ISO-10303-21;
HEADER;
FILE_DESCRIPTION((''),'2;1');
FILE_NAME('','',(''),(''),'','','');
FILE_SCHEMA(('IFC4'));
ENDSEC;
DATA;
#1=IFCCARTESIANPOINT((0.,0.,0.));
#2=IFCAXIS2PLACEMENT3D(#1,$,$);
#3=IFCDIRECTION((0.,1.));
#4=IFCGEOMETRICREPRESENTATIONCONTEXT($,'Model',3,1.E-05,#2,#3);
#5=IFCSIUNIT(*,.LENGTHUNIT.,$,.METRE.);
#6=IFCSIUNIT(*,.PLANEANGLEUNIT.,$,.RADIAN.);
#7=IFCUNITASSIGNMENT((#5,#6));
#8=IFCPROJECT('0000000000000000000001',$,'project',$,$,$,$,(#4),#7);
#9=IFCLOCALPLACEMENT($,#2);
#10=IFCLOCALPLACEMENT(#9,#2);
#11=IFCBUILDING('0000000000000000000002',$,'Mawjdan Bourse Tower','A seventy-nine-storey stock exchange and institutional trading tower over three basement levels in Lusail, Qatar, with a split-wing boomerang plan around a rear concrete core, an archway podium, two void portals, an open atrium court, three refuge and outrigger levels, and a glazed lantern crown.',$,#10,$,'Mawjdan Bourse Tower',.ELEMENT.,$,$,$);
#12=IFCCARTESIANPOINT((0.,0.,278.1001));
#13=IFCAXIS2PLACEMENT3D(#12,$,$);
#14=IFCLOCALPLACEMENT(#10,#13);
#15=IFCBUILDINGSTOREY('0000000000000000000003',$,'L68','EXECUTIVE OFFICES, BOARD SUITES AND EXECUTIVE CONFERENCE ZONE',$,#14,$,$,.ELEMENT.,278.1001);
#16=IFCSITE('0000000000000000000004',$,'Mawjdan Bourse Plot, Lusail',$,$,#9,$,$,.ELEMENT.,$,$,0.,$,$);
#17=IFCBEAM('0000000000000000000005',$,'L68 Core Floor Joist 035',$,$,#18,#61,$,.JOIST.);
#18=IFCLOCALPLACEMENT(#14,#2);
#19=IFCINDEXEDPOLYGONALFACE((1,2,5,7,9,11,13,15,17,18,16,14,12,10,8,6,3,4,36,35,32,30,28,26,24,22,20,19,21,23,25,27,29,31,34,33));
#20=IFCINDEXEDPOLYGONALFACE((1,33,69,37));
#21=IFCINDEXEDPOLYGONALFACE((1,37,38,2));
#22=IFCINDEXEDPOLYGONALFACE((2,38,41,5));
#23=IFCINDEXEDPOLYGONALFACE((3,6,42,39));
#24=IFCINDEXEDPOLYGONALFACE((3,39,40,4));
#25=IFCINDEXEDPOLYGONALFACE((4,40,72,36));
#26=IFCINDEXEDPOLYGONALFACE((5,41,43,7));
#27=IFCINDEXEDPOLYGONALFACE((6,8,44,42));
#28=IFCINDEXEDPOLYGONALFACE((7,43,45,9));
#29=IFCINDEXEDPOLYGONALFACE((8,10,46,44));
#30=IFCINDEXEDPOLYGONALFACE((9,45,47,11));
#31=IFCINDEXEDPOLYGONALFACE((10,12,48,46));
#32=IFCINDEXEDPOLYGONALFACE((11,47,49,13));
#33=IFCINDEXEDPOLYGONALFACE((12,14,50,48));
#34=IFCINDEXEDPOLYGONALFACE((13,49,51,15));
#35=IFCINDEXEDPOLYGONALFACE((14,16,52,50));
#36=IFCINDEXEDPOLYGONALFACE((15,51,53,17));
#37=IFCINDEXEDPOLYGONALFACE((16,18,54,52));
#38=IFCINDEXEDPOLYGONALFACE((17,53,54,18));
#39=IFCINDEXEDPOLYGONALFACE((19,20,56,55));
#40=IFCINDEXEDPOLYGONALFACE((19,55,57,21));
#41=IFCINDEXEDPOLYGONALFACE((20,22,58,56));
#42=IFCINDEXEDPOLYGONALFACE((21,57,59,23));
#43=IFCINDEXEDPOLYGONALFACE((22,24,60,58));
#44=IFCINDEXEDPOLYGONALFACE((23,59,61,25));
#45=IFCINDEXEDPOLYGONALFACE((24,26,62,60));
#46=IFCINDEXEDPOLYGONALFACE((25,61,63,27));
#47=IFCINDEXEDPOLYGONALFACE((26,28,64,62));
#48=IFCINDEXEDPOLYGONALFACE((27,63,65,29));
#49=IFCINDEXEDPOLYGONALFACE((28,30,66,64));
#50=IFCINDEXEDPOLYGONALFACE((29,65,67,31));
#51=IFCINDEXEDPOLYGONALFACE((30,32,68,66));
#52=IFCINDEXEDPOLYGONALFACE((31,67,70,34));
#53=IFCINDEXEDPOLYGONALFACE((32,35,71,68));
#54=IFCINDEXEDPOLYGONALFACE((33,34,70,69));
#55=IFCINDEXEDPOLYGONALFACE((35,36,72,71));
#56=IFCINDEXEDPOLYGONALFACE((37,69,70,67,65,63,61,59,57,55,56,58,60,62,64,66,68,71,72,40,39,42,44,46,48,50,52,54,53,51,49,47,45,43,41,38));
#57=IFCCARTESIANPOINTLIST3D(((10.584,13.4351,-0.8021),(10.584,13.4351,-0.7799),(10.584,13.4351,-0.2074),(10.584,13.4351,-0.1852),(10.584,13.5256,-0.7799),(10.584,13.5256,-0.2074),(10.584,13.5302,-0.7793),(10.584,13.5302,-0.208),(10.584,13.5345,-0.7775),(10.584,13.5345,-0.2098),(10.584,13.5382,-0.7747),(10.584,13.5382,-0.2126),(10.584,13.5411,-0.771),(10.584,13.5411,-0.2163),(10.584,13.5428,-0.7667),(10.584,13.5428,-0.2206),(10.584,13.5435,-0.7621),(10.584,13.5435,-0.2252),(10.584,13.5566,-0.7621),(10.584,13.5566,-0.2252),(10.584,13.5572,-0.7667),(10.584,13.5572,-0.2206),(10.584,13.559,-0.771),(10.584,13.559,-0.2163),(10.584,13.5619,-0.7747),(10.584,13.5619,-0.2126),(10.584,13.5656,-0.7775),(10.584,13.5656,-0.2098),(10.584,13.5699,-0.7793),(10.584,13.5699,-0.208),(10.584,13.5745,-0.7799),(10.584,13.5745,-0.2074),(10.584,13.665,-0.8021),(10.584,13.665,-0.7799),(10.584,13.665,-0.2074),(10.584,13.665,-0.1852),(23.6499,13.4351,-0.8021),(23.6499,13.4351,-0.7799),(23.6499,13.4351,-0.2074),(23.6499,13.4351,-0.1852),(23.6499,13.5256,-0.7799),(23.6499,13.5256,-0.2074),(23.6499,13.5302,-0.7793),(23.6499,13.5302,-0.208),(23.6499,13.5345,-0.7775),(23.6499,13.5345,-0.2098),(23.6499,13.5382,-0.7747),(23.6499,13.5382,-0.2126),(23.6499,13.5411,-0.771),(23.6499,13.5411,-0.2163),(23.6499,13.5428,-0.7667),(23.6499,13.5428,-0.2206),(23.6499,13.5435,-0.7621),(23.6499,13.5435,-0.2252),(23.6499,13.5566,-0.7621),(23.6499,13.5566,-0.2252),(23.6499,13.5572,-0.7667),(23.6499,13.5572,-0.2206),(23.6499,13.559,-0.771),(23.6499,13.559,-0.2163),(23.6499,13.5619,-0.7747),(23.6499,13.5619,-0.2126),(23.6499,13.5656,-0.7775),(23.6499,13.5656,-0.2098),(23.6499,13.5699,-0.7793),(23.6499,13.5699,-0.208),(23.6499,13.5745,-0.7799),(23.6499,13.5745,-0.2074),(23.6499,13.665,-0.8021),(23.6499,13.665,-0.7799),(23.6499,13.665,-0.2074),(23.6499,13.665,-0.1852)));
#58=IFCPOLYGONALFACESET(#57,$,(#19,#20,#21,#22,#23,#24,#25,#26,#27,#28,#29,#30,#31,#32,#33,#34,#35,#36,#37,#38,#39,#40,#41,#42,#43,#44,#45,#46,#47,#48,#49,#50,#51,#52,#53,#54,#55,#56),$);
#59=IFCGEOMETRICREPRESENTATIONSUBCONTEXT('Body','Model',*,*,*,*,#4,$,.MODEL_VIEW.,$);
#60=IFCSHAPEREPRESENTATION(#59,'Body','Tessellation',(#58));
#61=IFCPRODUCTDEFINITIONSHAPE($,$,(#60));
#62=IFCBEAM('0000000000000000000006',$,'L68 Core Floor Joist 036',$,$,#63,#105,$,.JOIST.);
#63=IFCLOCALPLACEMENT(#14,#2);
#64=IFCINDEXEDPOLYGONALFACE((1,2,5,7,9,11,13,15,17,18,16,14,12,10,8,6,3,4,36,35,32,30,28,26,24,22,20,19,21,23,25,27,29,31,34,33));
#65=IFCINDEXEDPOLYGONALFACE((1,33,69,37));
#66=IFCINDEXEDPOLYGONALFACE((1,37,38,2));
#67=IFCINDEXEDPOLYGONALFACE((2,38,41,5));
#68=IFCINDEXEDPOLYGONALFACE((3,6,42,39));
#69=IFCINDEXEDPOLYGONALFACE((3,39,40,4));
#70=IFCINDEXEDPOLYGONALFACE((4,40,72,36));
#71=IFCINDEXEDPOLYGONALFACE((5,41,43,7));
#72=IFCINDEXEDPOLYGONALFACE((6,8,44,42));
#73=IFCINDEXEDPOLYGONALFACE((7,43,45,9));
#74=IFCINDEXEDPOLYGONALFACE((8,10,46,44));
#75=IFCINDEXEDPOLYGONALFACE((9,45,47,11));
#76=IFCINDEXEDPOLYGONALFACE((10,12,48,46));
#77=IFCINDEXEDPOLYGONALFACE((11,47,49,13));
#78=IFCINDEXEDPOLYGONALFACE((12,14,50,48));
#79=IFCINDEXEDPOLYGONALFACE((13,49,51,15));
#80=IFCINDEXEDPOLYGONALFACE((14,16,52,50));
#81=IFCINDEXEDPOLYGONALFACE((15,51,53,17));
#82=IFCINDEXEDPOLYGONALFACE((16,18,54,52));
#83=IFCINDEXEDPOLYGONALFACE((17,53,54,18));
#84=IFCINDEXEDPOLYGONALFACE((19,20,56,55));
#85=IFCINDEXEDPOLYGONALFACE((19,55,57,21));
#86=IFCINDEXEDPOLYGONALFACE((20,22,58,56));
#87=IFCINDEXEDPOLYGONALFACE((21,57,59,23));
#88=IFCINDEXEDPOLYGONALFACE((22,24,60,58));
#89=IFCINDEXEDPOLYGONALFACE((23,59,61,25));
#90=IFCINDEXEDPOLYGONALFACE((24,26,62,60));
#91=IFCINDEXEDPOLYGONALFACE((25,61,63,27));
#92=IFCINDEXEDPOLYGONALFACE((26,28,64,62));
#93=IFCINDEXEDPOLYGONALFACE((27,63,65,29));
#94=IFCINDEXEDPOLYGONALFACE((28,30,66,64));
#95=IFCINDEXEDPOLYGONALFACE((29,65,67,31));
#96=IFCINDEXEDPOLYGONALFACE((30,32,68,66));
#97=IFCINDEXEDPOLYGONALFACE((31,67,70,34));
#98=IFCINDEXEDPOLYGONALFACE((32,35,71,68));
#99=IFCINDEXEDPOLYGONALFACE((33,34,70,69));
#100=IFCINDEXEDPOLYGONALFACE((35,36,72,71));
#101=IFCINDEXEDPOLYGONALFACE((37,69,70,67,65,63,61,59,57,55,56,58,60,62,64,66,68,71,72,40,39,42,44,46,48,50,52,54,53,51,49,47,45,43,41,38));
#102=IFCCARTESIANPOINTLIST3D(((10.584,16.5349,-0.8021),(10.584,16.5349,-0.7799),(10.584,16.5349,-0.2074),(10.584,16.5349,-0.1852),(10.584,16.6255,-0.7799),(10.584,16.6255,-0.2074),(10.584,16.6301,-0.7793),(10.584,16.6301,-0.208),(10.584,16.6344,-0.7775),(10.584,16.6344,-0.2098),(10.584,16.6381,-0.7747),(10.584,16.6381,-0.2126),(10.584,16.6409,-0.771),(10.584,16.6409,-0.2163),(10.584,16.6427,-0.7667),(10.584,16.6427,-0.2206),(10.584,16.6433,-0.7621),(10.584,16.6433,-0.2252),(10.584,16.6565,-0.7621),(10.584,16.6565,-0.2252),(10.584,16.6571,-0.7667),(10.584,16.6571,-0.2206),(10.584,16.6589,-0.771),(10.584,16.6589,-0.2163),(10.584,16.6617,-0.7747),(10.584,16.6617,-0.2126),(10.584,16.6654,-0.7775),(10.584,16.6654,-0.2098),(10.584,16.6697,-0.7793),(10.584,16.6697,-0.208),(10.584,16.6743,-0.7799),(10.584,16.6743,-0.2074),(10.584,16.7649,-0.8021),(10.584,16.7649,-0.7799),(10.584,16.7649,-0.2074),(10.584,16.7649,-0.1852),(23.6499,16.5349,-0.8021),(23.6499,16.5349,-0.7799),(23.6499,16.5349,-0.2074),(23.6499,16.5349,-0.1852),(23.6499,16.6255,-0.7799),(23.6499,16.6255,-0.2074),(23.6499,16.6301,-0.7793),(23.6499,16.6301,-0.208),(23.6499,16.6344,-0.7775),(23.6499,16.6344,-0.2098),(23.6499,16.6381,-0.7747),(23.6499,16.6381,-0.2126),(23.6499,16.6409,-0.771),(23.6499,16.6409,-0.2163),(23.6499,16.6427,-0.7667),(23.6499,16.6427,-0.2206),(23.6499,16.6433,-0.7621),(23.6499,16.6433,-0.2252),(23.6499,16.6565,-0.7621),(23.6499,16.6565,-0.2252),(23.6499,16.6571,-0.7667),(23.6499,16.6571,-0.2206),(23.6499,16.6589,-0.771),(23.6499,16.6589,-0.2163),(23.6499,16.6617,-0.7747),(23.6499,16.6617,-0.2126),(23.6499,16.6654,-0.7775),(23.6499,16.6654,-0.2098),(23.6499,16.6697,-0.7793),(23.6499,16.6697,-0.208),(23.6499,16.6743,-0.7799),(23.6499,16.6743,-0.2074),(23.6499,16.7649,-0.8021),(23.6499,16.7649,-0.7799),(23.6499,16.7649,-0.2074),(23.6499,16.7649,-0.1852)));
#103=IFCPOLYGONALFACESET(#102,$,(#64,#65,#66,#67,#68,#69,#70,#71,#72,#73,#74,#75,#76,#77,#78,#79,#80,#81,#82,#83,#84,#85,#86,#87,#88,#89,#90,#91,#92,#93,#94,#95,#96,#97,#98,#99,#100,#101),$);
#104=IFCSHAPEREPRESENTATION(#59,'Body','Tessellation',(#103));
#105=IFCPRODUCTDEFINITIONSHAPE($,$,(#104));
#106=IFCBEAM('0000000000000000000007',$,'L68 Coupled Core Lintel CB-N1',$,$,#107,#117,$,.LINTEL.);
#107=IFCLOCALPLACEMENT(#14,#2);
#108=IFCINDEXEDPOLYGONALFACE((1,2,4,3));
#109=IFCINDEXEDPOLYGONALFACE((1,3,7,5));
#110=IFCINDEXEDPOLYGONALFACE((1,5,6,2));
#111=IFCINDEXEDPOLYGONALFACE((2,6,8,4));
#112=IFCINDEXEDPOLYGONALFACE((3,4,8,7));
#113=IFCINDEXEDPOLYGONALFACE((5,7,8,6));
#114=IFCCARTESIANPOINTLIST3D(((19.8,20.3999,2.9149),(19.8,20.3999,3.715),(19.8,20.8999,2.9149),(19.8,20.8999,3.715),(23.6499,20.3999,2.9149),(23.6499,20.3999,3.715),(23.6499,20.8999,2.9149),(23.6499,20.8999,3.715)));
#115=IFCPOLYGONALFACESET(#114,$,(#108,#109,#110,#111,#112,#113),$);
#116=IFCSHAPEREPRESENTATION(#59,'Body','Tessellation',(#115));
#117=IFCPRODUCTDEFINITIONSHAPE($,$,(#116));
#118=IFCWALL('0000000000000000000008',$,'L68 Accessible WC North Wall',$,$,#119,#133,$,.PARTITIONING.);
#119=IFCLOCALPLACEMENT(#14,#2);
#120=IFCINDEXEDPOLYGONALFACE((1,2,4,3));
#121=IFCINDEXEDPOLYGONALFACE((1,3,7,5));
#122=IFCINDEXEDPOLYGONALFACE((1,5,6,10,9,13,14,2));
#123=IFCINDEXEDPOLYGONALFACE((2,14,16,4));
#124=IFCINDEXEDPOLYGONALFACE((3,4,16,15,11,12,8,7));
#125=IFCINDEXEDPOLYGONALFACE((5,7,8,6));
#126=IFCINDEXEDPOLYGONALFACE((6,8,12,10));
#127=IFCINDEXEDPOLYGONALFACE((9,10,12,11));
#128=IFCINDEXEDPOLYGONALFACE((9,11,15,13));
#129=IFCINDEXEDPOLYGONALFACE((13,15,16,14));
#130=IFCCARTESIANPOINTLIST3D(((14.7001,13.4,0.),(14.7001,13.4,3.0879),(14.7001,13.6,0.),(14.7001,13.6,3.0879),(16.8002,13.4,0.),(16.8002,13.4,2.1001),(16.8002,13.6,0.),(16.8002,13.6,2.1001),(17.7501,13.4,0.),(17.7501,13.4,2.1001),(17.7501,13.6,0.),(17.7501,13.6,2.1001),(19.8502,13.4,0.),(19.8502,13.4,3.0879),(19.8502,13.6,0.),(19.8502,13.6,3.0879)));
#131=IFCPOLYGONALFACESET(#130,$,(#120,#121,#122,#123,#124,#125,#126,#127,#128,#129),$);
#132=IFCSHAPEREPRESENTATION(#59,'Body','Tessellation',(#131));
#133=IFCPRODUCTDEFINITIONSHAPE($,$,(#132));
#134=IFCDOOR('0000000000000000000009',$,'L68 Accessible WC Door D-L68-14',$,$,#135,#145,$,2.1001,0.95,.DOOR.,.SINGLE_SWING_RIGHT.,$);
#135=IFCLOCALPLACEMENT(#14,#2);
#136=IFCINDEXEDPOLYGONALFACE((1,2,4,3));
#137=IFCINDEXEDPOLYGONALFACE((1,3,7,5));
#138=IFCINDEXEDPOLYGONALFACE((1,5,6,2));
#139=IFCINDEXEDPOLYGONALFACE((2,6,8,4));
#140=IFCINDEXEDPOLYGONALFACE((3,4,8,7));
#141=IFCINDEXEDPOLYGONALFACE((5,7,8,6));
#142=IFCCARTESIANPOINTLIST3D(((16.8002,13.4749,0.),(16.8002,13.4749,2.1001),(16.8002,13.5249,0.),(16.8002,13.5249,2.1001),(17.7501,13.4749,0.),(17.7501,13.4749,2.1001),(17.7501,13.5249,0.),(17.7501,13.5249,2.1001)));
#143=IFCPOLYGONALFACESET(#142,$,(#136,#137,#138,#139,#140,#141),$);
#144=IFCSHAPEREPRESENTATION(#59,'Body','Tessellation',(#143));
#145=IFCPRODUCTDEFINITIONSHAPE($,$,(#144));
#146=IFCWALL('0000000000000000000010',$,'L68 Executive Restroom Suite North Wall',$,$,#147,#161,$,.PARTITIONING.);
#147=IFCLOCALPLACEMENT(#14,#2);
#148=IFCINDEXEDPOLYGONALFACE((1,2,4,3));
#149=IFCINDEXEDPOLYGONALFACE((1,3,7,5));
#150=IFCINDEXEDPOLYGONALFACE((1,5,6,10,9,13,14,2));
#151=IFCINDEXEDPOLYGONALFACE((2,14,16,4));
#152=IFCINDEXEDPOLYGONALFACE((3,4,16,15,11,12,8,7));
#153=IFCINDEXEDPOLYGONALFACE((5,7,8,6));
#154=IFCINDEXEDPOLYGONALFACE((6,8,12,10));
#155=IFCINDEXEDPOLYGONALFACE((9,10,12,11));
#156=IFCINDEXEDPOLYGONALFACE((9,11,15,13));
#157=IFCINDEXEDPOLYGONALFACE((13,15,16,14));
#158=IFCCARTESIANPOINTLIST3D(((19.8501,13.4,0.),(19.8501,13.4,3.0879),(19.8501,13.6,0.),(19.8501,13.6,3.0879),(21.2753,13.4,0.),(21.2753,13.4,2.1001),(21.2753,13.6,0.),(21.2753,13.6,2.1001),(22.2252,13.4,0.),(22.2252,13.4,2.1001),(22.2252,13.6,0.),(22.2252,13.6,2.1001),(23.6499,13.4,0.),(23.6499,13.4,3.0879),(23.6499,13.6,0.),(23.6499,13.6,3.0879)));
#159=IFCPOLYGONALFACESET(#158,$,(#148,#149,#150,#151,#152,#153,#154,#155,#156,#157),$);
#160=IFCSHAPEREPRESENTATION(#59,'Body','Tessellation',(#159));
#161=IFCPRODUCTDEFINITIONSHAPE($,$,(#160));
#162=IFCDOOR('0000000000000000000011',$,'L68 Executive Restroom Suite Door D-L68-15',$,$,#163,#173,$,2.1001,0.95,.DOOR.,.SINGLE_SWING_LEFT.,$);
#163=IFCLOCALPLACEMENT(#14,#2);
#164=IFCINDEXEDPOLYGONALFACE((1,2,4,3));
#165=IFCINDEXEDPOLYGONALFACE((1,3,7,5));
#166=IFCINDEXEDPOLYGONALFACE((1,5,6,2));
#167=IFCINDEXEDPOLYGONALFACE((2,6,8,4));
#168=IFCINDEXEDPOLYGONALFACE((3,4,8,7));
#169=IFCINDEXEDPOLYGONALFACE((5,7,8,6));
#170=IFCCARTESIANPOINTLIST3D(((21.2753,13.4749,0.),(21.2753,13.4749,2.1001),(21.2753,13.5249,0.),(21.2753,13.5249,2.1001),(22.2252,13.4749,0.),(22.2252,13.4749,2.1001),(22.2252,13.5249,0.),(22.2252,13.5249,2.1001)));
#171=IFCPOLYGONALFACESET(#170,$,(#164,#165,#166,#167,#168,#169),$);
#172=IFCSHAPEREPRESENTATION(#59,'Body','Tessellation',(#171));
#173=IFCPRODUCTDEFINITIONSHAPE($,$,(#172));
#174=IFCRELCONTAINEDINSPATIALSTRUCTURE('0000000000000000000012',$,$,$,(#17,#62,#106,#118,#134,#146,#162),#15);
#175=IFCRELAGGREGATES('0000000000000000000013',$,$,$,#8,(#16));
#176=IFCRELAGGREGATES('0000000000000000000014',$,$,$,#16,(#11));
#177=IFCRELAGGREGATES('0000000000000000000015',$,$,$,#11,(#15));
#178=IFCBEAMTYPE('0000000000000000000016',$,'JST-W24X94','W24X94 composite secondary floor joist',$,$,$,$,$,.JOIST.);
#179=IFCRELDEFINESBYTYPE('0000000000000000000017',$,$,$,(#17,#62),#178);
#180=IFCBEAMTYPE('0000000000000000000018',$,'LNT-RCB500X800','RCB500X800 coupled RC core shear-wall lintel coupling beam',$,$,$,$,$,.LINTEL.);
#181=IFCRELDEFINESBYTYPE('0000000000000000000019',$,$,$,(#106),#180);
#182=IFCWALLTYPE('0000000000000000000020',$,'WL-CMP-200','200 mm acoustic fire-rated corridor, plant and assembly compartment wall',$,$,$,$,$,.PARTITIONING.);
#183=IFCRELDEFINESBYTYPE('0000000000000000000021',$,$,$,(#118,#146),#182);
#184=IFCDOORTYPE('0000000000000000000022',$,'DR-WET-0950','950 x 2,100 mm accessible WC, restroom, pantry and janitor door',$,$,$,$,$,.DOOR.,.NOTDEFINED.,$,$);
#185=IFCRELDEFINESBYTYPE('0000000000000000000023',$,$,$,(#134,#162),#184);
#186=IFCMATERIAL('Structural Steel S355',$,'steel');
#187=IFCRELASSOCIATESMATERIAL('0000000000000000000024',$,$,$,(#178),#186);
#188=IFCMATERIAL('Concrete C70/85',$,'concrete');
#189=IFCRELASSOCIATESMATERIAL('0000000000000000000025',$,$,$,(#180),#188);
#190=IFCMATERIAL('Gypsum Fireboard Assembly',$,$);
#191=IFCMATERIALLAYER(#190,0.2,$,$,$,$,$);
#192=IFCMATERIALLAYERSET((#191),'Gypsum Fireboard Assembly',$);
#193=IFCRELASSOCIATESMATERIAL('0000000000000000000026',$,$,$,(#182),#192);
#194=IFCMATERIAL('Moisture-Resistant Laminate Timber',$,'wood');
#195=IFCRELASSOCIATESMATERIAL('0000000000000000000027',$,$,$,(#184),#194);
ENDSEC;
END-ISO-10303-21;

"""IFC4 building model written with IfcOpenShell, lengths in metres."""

from ifc_helpers import new_model, si_unit, direction, frame, frame_2d, origin, origin_2d, place, context, subcontext, project, spatial, rectangle, i_section, extrude, material, layer, layer_set, material_profile, profile_set, type_object, element, fill, save


model = new_model("IFC4")

# Units and contexts
model_context = context("Model", 3, precision=1e-05, world=origin(), true_north=direction((0.0, 1.0)))
body_context = subcontext(model_context, "Body", "Model", "MODEL_VIEW")
ifc_project = project(units=[si_unit("LENGTHUNIT", "METRE"), si_unit("PLANEANGLEUNIT", "RADIAN")], contexts=[model_context])

# Site, building, storey
site_placement = place(None, origin())
site = spatial("IfcSite", under=ifc_project, at=site_placement, Name="Mawjdan Bourse Plot, Lusail", CompositionType="ELEMENT", RefElevation=0.0)
building_placement = place(site_placement, origin())
building = spatial("IfcBuilding", under=site, at=building_placement, Name="Mawjdan Bourse Tower", Description="A seventy-nine-storey stock exchange and institutional trading tower over three basement levels in Lusail, Qatar, with a split-wing boomerang plan around a rear concrete core, an archway podium, two void portals, an open atrium court, three refuge and outrigger levels, and a glazed lantern crown.", LongName="Mawjdan Bourse Tower", CompositionType="ELEMENT")
storey_placement = place(building_placement, frame((0.0, 0.0, 278.1001)))
storey = spatial("IfcBuildingStorey", under=building, at=storey_placement, Name="L68", Description="EXECUTIVE OFFICES, BOARD SUITES AND EXECUTIVE CONFERENCE ZONE", CompositionType="ELEMENT", Elevation=278.1001)

# Beams
ifc_material_1 = material(Name="Structural Steel S355", Category="steel")
ifc_material_profile_1 = material_profile(ifc_material_1, i_section(OverallWidth=0.23, OverallDepth=0.6169, WebThickness=0.0132, FlangeThickness=0.0222, FilletRadius=0.0178, at=origin_2d()), Name="W24X94")
ifc_profile_set_1 = profile_set([ifc_material_profile_1], Name="Structural Steel S355")
beam_type_1 = type_object("IfcBeamType", Name="JST-W24X94", Description="W24X94 composite secondary floor joist", PredefinedType="JOIST", material=ifc_profile_set_1)
for number, where, z_axis, x_axis, name in (
    (1, (10.584, 13.55, -0.4937), (1.0, 0.0, 0.0), (0.0, 1.0, 0.0), "L68 Core Floor Joist 035"),
    (2, (10.584, 16.6499, -0.4937), (1.0, 0.0, 0.0), (0.0, 1.0, 0.0), "L68 Core Floor Joist 036"),
):
    element("IfcBeam", number, at=place(storey_placement, frame(where, z_axis=z_axis, x_axis=x_axis)), inside=storey, type_object=beam_type_1, Name=name, PredefinedType="JOIST", context=body_context, shape_type="SweptSolid", body=[
        extrude(i_section(OverallWidth=0.23, OverallDepth=0.6169, WebThickness=0.0132, FlangeThickness=0.0222, FilletRadius=0.0178, at=origin_2d()), origin(), (0.0, 0.0, 1.0), 13.0659),
    ])
ifc_material_2 = material(Name="Concrete C70/85", Category="concrete")
ifc_material_profile_2 = material_profile(ifc_material_2, rectangle(XDim=0.5, YDim=0.8, at=origin_2d()), Name="RCB500X800")
ifc_profile_set_2 = profile_set([ifc_material_profile_2], Name="Concrete C70/85")
beam_type_2 = type_object("IfcBeamType", Name="LNT-RCB500X800", Description="RCB500X800 coupled RC core shear-wall lintel coupling beam", PredefinedType="LINTEL", material=ifc_profile_set_2)
beam_placement = place(storey_placement, frame((19.8, 20.6499, 3.3149), z_axis=(1.0, 0.0, 0.0), x_axis=(0.0, 1.0, 0.0)))
element("IfcBeam", 3, at=beam_placement, inside=storey, type_object=beam_type_2, Name="L68 Coupled Core Lintel CB-N1", PredefinedType="LINTEL", context=body_context, shape_type="SweptSolid", body=[
    extrude(rectangle(XDim=0.5, YDim=0.8, at=origin_2d()), origin(), (0.0, 0.0, 1.0), 3.8499),
])

# Walls, openings, doors
ifc_material_3 = material(Name="Gypsum Fireboard Assembly")
ifc_layer_1 = layer(ifc_material_3, 0.2)
ifc_layer_set_1 = layer_set([ifc_layer_1], Name="Gypsum Fireboard Assembly")
wall_type_1 = type_object("IfcWallType", Name="WL-CMP-200", Description="200 mm acoustic fire-rated corridor, plant and assembly compartment wall", PredefinedType="PARTITIONING", material=ifc_layer_set_1)
wall_1_placement = place(storey_placement, frame((14.7, 13.5, 0.0), z_axis=(0.0, 0.0, 1.0), x_axis=(1.0, 0.0, 0.0)))
wall_1 = element("IfcWall", 4, at=wall_1_placement, inside=storey, type_object=wall_type_1, Name="L68 Accessible WC North Wall", PredefinedType="PARTITIONING", context=body_context, shape_type="SweptSolid", body=[
    extrude(rectangle(XDim=5.1501, YDim=0.2, at=frame_2d((2.5752, 0.0))), origin(), (0.0, 0.0, 1.0), 3.0879),
])
opening_1_placement = place(wall_1_placement, frame((2.1001, 0.0, 0.0)))
opening_1 = element("IfcOpeningElement", 5, at=opening_1_placement, cuts=wall_1, PredefinedType="OPENING", context=body_context, shape_type="SweptSolid", body=[
    extrude(rectangle(XDim=0.95, YDim=2.1001, at=frame_2d((0.4751, 1.05))), frame((0.0, 0.1099, 0.0), z_axis=(0.0, -1.0, 0.0), x_axis=(1.0, 0.0, 0.0)), (0.0, 0.0, 1.0), 0.22),
])
ifc_material_4 = material(Name="Moisture-Resistant Laminate Timber", Category="wood")
door_type_1 = type_object("IfcDoorType", Name="DR-WET-0950", Description="950 x 2,100 mm accessible WC, restroom, pantry and janitor door", OperationType="NOTDEFINED", PredefinedType="DOOR", material=ifc_material_4)
door_1_placement = place(opening_1_placement, origin())
door_1 = element("IfcDoor", 6, at=door_1_placement, inside=storey, type_object=door_type_1, Name="L68 Accessible WC Door D-L68-14", OperationType="SINGLE_SWING_RIGHT", OverallHeight=2.1001, OverallWidth=0.95, PredefinedType="DOOR", context=body_context, shape_type="SweptSolid", body=[
    extrude(rectangle(XDim=0.95, YDim=2.1001, at=frame_2d((0.4751, 1.05))), frame((0.0, 0.0249, 0.0), z_axis=(0.0, -1.0, 0.0), x_axis=(1.0, 0.0, 0.0)), (0.0, 0.0, 1.0), 0.05),
])
fill(opening_1, door_1)
wall_2_placement = place(storey_placement, frame((19.8501, 13.5, 0.0), z_axis=(0.0, 0.0, 1.0), x_axis=(1.0, 0.0, 0.0)))
wall_2 = element("IfcWall", 7, at=wall_2_placement, inside=storey, type_object=wall_type_1, Name="L68 Executive Restroom Suite North Wall", PredefinedType="PARTITIONING", context=body_context, shape_type="SweptSolid", body=[
    extrude(rectangle(XDim=3.7998, YDim=0.2, at=frame_2d((1.8999, 0.0))), origin(), (0.0, 0.0, 1.0), 3.0879),
])
opening_2_placement = place(wall_2_placement, frame((1.425, 0.0, 0.0)))
opening_2 = element("IfcOpeningElement", 8, at=opening_2_placement, cuts=wall_2, PredefinedType="OPENING", context=body_context, shape_type="SweptSolid", body=[
    extrude(rectangle(XDim=0.95, YDim=2.1001, at=frame_2d((0.4751, 1.05))), frame((0.0, 0.1099, 0.0), z_axis=(0.0, -1.0, 0.0), x_axis=(1.0, 0.0, 0.0)), (0.0, 0.0, 1.0), 0.22),
])
door_2_placement = place(opening_2_placement, origin())
door_2 = element("IfcDoor", 9, at=door_2_placement, inside=storey, type_object=door_type_1, Name="L68 Executive Restroom Suite Door D-L68-15", OperationType="SINGLE_SWING_LEFT", OverallHeight=2.1001, OverallWidth=0.95, PredefinedType="DOOR", context=body_context, shape_type="SweptSolid", body=[
    extrude(rectangle(XDim=0.95, YDim=2.1001, at=frame_2d((0.4751, 1.05))), frame((0.0, 0.0249, 0.0), z_axis=(0.0, -1.0, 0.0), x_axis=(1.0, 0.0, 0.0)), (0.0, 0.0, 1.0), 0.05),
])
fill(opening_2, door_2)

save(model, "model.ifc")
